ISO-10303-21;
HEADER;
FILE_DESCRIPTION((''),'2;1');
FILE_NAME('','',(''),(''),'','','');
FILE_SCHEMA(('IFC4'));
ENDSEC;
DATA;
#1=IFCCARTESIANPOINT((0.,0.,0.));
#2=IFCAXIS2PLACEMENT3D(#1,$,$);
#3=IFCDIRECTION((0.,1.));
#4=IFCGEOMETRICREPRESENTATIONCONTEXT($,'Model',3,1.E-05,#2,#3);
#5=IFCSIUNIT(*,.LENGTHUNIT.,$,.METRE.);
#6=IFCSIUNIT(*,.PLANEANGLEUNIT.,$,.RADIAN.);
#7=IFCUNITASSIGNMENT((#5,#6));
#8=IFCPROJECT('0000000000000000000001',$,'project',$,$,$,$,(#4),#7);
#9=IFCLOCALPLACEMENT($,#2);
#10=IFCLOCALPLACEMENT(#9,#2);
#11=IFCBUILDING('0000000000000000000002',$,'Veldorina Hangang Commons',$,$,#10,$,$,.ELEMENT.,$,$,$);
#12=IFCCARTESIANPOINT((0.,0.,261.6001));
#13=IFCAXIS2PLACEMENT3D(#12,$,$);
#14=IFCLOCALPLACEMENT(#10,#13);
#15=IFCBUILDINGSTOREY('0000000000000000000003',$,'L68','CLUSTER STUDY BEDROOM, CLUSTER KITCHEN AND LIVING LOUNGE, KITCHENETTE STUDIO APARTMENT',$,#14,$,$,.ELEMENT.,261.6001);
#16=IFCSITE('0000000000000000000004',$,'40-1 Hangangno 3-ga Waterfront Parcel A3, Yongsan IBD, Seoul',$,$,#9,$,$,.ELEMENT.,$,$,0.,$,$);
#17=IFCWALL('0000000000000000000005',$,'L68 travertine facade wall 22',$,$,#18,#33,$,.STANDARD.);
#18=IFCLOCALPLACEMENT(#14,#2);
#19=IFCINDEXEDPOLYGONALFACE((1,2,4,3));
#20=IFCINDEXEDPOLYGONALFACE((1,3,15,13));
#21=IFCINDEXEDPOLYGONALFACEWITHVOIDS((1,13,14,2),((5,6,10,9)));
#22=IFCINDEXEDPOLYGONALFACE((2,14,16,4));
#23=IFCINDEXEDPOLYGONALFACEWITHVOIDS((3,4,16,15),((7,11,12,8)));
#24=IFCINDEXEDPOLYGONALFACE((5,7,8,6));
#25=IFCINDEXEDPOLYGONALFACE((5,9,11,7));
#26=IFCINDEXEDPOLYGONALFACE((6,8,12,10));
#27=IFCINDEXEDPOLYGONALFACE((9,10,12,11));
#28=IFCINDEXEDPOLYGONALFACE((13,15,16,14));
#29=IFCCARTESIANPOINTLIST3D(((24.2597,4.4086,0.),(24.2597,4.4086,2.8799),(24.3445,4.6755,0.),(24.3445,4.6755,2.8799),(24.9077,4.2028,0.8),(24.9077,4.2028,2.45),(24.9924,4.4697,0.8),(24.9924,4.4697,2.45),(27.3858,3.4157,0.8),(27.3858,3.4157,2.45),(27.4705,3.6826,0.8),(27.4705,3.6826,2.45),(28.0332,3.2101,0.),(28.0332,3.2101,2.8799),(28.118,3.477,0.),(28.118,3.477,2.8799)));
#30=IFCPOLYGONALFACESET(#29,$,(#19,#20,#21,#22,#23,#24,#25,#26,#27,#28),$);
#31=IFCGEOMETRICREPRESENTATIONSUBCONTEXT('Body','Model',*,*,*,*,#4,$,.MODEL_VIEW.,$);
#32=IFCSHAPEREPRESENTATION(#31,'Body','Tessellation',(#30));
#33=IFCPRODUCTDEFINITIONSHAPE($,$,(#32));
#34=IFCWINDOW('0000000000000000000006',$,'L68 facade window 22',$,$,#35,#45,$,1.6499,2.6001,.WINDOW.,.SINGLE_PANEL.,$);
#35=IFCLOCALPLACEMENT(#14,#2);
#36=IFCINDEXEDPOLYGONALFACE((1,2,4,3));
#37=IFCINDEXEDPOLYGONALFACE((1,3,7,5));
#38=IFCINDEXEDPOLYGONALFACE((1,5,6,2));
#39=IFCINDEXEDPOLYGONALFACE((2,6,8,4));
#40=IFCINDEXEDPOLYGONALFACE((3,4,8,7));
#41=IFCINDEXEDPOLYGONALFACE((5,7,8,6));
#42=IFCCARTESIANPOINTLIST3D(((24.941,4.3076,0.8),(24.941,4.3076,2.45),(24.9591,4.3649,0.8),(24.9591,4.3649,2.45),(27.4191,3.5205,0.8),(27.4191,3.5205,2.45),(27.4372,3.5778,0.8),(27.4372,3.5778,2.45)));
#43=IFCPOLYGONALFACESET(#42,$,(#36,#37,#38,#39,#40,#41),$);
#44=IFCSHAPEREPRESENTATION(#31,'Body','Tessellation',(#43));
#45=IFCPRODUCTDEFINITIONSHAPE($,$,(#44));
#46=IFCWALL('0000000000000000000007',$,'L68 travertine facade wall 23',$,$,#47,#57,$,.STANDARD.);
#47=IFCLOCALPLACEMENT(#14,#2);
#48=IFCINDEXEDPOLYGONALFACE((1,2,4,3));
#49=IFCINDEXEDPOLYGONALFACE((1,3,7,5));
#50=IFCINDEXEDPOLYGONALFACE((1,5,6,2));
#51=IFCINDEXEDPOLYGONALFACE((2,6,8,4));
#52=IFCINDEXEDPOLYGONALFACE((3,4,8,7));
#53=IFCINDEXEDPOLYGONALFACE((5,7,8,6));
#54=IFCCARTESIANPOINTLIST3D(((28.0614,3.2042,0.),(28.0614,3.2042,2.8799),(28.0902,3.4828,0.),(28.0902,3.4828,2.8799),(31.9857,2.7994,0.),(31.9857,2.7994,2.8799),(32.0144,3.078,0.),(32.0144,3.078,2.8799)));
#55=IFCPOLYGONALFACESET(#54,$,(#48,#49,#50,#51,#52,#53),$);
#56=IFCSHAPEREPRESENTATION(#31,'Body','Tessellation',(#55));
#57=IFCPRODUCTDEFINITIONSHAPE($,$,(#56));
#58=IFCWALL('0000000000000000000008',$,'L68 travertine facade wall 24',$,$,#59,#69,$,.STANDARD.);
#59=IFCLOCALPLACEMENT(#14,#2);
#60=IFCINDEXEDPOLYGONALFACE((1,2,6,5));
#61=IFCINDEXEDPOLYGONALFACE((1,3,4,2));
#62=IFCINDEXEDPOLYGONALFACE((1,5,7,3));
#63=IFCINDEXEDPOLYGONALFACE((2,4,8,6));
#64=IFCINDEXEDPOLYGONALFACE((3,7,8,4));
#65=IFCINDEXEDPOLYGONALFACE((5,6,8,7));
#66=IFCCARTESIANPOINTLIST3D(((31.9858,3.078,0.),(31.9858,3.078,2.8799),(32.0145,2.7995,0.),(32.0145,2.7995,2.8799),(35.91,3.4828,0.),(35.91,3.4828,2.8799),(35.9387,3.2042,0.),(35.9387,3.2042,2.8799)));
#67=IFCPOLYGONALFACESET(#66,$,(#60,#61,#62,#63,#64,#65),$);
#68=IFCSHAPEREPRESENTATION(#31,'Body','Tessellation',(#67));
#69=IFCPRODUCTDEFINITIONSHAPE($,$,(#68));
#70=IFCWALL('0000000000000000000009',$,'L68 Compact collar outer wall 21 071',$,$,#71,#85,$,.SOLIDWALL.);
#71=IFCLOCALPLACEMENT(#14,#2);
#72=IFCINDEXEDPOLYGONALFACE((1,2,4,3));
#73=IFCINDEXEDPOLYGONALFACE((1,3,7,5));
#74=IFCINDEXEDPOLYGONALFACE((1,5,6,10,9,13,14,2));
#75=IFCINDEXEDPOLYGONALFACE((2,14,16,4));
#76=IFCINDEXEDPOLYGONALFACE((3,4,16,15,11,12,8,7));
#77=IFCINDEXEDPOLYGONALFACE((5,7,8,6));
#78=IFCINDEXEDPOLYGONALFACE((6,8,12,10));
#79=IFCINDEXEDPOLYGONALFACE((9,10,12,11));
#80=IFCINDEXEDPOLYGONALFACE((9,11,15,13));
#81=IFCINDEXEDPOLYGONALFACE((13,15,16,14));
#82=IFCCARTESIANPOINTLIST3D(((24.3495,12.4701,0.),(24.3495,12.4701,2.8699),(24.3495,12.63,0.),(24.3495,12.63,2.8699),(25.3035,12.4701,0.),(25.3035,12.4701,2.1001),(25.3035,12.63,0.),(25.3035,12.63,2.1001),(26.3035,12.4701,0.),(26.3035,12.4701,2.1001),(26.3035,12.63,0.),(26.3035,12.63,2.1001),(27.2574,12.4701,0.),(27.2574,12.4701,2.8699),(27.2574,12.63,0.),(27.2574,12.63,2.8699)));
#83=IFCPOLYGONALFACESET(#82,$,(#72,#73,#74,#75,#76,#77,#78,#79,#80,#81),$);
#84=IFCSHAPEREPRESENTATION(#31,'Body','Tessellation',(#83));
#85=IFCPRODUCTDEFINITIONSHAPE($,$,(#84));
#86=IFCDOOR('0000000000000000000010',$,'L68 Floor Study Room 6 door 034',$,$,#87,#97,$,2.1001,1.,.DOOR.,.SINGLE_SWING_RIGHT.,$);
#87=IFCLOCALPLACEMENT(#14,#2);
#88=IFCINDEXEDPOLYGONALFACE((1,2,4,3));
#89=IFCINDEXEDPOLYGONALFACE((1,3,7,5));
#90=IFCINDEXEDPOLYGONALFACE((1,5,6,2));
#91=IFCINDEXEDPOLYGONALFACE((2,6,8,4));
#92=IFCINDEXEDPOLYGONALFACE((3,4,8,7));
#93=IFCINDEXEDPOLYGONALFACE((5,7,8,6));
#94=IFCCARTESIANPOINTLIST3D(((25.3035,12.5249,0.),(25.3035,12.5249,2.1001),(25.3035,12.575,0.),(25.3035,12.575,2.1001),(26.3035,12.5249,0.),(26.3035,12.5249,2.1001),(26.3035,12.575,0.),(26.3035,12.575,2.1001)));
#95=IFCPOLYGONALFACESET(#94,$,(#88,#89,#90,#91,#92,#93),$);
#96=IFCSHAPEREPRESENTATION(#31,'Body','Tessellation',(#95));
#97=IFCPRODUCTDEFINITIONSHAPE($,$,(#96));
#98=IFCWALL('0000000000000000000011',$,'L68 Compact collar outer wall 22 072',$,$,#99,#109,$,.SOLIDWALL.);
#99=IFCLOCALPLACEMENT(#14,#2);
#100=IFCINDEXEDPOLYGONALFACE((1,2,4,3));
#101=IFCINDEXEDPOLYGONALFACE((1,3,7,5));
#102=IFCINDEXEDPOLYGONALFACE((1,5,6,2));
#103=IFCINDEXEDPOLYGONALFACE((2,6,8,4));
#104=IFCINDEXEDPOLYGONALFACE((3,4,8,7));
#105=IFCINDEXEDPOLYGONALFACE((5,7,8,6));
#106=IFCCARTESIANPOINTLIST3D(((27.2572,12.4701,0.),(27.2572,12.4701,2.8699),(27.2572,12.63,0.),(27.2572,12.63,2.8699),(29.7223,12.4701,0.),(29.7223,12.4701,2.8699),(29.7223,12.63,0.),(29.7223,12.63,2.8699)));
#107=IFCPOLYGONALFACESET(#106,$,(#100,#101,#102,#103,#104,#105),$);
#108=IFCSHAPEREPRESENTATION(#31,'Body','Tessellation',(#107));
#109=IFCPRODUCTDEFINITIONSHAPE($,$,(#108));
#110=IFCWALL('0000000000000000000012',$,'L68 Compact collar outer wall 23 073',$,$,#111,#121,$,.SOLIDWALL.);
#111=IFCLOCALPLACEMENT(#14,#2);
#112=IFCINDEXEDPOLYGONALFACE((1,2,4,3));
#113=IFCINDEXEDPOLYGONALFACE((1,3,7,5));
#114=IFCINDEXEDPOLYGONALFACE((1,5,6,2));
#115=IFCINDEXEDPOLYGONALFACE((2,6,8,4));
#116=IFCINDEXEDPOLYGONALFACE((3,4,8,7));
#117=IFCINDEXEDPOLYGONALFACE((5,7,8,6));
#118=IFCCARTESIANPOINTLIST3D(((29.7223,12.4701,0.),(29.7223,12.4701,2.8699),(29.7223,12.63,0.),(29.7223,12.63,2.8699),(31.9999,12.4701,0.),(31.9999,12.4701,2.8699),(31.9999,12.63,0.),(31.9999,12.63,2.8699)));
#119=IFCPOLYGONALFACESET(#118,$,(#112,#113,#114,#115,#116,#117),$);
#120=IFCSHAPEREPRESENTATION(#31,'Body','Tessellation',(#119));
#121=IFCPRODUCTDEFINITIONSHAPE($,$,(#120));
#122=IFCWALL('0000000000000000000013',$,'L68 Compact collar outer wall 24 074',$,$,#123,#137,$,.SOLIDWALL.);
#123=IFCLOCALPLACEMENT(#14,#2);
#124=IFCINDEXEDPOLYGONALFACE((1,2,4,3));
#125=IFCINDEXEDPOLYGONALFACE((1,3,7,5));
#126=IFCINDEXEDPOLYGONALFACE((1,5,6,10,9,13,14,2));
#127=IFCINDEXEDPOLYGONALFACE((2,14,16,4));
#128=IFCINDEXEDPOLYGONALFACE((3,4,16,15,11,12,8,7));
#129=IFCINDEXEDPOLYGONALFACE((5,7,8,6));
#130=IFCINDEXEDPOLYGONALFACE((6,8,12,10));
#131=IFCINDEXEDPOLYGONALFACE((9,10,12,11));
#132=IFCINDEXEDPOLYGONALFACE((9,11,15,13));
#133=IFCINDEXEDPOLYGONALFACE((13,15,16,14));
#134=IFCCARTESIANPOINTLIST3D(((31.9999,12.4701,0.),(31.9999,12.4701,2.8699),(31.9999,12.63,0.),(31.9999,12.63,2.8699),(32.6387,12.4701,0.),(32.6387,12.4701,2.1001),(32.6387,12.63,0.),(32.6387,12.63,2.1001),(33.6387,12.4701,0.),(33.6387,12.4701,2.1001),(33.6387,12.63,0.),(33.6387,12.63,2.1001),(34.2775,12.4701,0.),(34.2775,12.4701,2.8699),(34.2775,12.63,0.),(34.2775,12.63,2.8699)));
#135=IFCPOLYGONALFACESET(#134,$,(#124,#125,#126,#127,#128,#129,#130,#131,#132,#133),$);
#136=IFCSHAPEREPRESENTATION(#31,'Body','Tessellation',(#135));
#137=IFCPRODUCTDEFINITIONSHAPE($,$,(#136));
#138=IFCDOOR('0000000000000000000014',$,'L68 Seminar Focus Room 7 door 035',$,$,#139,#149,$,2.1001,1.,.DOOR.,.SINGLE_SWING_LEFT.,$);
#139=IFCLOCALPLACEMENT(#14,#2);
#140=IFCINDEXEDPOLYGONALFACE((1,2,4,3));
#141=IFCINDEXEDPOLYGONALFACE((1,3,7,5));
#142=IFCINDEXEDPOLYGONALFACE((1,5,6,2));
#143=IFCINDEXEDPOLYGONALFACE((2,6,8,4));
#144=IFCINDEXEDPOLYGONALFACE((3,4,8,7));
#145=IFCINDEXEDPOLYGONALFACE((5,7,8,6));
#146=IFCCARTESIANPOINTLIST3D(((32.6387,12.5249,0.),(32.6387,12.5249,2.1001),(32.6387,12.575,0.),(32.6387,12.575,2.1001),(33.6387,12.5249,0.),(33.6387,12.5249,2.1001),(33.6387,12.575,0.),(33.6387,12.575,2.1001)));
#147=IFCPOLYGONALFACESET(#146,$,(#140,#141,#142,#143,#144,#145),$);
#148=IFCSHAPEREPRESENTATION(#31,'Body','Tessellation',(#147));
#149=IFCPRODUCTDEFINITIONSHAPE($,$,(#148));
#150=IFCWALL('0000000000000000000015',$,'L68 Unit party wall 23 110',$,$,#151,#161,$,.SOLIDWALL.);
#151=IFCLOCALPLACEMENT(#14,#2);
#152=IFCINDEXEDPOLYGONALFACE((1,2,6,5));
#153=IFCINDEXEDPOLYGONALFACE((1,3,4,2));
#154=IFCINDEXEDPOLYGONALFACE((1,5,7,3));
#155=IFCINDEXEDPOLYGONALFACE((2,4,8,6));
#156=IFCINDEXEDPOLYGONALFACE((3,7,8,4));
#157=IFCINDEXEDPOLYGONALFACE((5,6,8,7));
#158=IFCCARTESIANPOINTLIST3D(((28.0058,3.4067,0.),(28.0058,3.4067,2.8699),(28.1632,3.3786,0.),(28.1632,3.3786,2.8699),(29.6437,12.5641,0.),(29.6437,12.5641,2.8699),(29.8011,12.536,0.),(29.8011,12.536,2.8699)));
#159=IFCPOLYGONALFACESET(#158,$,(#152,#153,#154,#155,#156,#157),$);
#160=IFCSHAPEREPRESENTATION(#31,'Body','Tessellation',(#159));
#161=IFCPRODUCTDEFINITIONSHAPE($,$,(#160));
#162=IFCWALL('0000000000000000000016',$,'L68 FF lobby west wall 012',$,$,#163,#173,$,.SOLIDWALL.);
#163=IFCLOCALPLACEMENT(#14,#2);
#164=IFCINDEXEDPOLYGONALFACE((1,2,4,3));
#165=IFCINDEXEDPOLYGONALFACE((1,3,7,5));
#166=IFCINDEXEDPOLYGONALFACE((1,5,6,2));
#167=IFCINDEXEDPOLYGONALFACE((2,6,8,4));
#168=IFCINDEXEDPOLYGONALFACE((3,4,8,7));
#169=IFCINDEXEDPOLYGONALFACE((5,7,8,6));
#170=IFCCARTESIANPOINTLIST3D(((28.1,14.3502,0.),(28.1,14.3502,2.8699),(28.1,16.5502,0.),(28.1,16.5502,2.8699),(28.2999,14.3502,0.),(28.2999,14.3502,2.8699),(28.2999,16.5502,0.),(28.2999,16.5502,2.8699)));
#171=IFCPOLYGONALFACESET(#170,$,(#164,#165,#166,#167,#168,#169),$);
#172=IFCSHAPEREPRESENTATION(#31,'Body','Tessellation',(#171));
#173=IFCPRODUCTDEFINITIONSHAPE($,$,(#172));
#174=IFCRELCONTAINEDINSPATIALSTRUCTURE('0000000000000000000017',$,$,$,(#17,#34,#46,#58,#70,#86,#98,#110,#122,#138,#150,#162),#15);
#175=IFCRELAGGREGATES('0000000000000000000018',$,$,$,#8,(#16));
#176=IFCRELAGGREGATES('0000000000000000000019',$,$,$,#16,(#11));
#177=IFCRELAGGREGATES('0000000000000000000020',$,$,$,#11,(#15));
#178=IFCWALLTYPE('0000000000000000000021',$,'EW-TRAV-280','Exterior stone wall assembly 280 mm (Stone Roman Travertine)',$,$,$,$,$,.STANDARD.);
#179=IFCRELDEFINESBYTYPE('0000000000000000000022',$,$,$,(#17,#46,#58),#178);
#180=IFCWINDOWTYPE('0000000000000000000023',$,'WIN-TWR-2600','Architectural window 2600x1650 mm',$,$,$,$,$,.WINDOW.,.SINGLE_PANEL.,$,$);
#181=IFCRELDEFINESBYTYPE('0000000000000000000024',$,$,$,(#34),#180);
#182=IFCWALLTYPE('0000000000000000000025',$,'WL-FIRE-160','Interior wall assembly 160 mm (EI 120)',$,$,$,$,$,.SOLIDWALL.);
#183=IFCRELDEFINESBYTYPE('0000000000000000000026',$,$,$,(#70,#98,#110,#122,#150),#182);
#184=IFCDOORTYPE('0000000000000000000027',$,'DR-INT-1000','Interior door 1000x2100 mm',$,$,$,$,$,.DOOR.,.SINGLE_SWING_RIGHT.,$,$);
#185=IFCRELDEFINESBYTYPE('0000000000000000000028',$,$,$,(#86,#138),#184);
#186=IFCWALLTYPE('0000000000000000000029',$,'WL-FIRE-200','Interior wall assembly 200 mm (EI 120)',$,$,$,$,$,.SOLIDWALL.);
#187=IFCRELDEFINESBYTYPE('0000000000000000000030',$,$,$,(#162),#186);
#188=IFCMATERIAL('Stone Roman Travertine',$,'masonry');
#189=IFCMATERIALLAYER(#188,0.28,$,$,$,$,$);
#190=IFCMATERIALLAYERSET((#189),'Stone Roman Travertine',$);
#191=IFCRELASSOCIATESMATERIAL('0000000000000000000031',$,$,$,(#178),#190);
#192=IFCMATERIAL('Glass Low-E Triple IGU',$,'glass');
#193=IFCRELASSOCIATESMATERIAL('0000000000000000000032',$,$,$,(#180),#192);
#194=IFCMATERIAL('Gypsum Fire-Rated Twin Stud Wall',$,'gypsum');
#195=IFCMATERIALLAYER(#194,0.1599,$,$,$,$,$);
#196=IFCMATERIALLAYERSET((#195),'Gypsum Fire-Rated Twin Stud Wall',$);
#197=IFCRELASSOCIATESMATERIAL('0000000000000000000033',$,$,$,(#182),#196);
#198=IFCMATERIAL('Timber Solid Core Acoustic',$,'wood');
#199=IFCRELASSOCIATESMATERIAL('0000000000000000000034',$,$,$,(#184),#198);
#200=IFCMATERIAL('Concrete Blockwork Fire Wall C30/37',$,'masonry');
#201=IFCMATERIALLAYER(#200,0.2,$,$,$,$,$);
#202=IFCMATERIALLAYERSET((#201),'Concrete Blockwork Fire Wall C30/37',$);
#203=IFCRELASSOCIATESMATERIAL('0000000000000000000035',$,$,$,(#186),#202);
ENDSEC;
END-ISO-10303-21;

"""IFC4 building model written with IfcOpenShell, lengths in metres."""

from ifc_helpers import new_model, si_unit, direction, frame, frame_2d, origin, place, context, subcontext, project, spatial, rectangle, extrude, material, layer, layer_set, type_object, element, fill, save


model = new_model("IFC4")

# Units and contexts
model_context = context("Model", 3, precision=1e-05, world=origin(), true_north=direction((0.0, 1.0)))
body_context = subcontext(model_context, "Body", "Model", "MODEL_VIEW")
ifc_project = project(units=[si_unit("LENGTHUNIT", "METRE"), si_unit("PLANEANGLEUNIT", "RADIAN")], contexts=[model_context])

# Site, building, storey
site_placement = place(None, origin())
site = spatial("IfcSite", under=ifc_project, at=site_placement, Name="40-1 Hangangno 3-ga Waterfront Parcel A3, Yongsan IBD, Seoul", CompositionType="ELEMENT", RefElevation=0.0)
building_placement = place(site_placement, origin())
building = spatial("IfcBuilding", under=site, at=building_placement, Name="Veldorina Hangang Commons", CompositionType="ELEMENT")
storey_placement = place(building_placement, frame((0.0, 0.0, 261.6001)))
storey = spatial("IfcBuildingStorey", under=building, at=storey_placement, Name="L68", Description="CLUSTER STUDY BEDROOM, CLUSTER KITCHEN AND LIVING LOUNGE, KITCHENETTE STUDIO APARTMENT", CompositionType="ELEMENT", Elevation=261.6001)

# Wall, opening, window
ifc_material_1 = material(Name="Stone Roman Travertine", Category="masonry")
ifc_layer_1 = layer(ifc_material_1, 0.28)
ifc_layer_set_1 = layer_set([ifc_layer_1], Name="Stone Roman Travertine")
wall_type_1 = type_object("IfcWallType", Name="EW-TRAV-280", Description="Exterior stone wall assembly 280 mm (Stone Roman Travertine)", PredefinedType="STANDARD", material=ifc_layer_set_1)
wall_1_placement = place(storey_placement, frame((24.3022, 4.542, 0.0), z_axis=(0.0, 0.0, 1.0), x_axis=(0.953083, -0.30271, 0.0)))
wall_1 = element("IfcWall", 1, at=wall_1_placement, inside=storey, type_object=wall_type_1, Name="L68 travertine facade wall 22", PredefinedType="STANDARD", context=body_context, shape_type="SweptSolid", body=[
    extrude(rectangle(XDim=3.9592, YDim=0.28, at=frame_2d((1.9795, 0.0))), origin(), (0.0, 0.0, 1.0), 2.8799),
])
opening_1_placement = place(wall_1_placement, frame((0.6797, 0.0, 0.8)))
opening_1 = element("IfcOpeningElement", 2, at=opening_1_placement, cuts=wall_1, PredefinedType="OPENING", context=body_context, shape_type="SweptSolid", body=[
    extrude(rectangle(XDim=2.6001, YDim=1.6499, at=frame_2d((1.3, 0.825))), frame((0.0, 0.1499, 0.0), z_axis=(0.0, -1.0, 0.0), x_axis=(1.0, 0.0, 0.0)), (0.0, 0.0, 1.0), 0.3),
])
ifc_material_2 = material(Name="Glass Low-E Triple IGU", Category="glass")
window_type = type_object("IfcWindowType", Name="WIN-TWR-2600", Description="Architectural window 2600x1650 mm", PartitioningType="SINGLE_PANEL", PredefinedType="WINDOW", material=ifc_material_2)
window_placement = place(opening_1_placement, origin())
window = element("IfcWindow", 3, at=window_placement, inside=storey, type_object=window_type, Name="L68 facade window 22", OverallHeight=1.6499, OverallWidth=2.6001, PartitioningType="SINGLE_PANEL", PredefinedType="WINDOW", context=body_context, shape_type="SweptSolid", body=[
    extrude(rectangle(XDim=2.6001, YDim=1.6499, at=frame_2d((1.3, 0.825))), frame((0.0, 0.03, 0.0), z_axis=(0.0, -1.0, 0.0), x_axis=(1.0, 0.0, 0.0)), (0.0, 0.0, 1.0), 0.0601),
])
fill(opening_1, window)

# Walls
for number, where, z_axis, x_axis, name in (
    (4, (28.0757, 3.3435, 0.0), (0.0, 0.0, 1.0), (0.994722, -0.102604, 0.0), "L68 travertine facade wall 23"),
    (5, (32.0, 2.9387, 0.0), (0.0, 0.0, 1.0), (0.994722, 0.102604, 0.0), "L68 travertine facade wall 24"),
):
    element("IfcWall", number, at=place(storey_placement, frame(where, z_axis=z_axis, x_axis=x_axis)), inside=storey, type_object=wall_type_1, Name=name, PredefinedType="STANDARD", context=body_context, shape_type="SweptSolid", body=[
        extrude(rectangle(XDim=3.9451, YDim=0.28, at=frame_2d((1.9727, 0.0))), origin(), (0.0, 0.0, 1.0), 2.8799),
    ])

# Wall, opening, door
ifc_material_3 = material(Name="Gypsum Fire-Rated Twin Stud Wall", Category="gypsum")
ifc_layer_2 = layer(ifc_material_3, 0.1599)
ifc_layer_set_2 = layer_set([ifc_layer_2], Name="Gypsum Fire-Rated Twin Stud Wall")
wall_type_2 = type_object("IfcWallType", Name="WL-FIRE-160", Description="Interior wall assembly 160 mm (EI 120)", PredefinedType="SOLIDWALL", material=ifc_layer_set_2)
wall_2_placement = place(storey_placement, frame((24.3494, 12.55, 0.0), z_axis=(0.0, 0.0, 1.0), x_axis=(1.0, 0.0, 0.0)))
wall_2 = element("IfcWall", 6, at=wall_2_placement, inside=storey, type_object=wall_type_2, Name="L68 Compact collar outer wall 21 071", PredefinedType="SOLIDWALL", context=body_context, shape_type="SweptSolid", body=[
    extrude(rectangle(XDim=2.908, YDim=0.1599, at=frame_2d((1.4541, 0.0))), origin(), (0.0, 0.0, 1.0), 2.8699),
])
opening_2_placement = place(wall_2_placement, frame((0.9541, 0.0, 0.0)))
opening_2 = element("IfcOpeningElement", 7, at=opening_2_placement, cuts=wall_2, PredefinedType="OPENING", context=body_context, shape_type="SweptSolid", body=[
    extrude(rectangle(XDim=1.0, YDim=2.1001, at=frame_2d((0.5, 1.05))), frame((0.0, 0.0898, 0.0), z_axis=(0.0, -1.0, 0.0), x_axis=(1.0, 0.0, 0.0)), (0.0, 0.0, 1.0), 0.1799),
])
ifc_material_4 = material(Name="Timber Solid Core Acoustic", Category="wood")
door_type = type_object("IfcDoorType", Name="DR-INT-1000", Description="Interior door 1000x2100 mm", OperationType="SINGLE_SWING_RIGHT", PredefinedType="DOOR", material=ifc_material_4)
door_1_placement = place(opening_2_placement, origin())
door_1 = element("IfcDoor", 8, at=door_1_placement, inside=storey, type_object=door_type, Name="L68 Floor Study Room 6 door 034", OperationType="SINGLE_SWING_RIGHT", OverallHeight=2.1001, OverallWidth=1.0, PredefinedType="DOOR", context=body_context, shape_type="SweptSolid", body=[
    extrude(rectangle(XDim=1.0, YDim=2.1001, at=frame_2d((0.5, 1.05))), frame((0.0, 0.0249, 0.0), z_axis=(0.0, -1.0, 0.0), x_axis=(1.0, 0.0, 0.0)), (0.0, 0.0, 1.0), 0.05),
])
fill(opening_2, door_1)

# Walls
wall_3_placement = place(storey_placement, frame((27.2573, 12.55, 0.0), z_axis=(0.0, 0.0, 1.0), x_axis=(1.0, 0.0, 0.0)))
element("IfcWall", 9, at=wall_3_placement, inside=storey, type_object=wall_type_2, Name="L68 Compact collar outer wall 22 072", PredefinedType="SOLIDWALL", context=body_context, shape_type="SweptSolid", body=[
    extrude(rectangle(XDim=2.4651, YDim=0.1599, at=frame_2d((1.2324, 0.0))), origin(), (0.0, 0.0, 1.0), 2.8699),
])
wall_4_placement = place(storey_placement, frame((29.7224, 12.55, 0.0), z_axis=(0.0, 0.0, 1.0), x_axis=(1.0, 0.0, 0.0)))
element("IfcWall", 10, at=wall_4_placement, inside=storey, type_object=wall_type_2, Name="L68 Compact collar outer wall 23 073", PredefinedType="SOLIDWALL", context=body_context, shape_type="SweptSolid", body=[
    extrude(rectangle(XDim=2.2776, YDim=0.1599, at=frame_2d((1.1387, 0.0))), origin(), (0.0, 0.0, 1.0), 2.8699),
])

# Wall, opening, door
wall_5_placement = place(storey_placement, frame((32.0, 12.55, 0.0), z_axis=(0.0, 0.0, 1.0), x_axis=(1.0, 0.0, 0.0)))
wall_5 = element("IfcWall", 11, at=wall_5_placement, inside=storey, type_object=wall_type_2, Name="L68 Compact collar outer wall 24 074", PredefinedType="SOLIDWALL", context=body_context, shape_type="SweptSolid", body=[
    extrude(rectangle(XDim=2.2776, YDim=0.1599, at=frame_2d((1.1387, 0.0))), origin(), (0.0, 0.0, 1.0), 2.8699),
])
opening_3_placement = place(wall_5_placement, frame((0.6387, 0.0, 0.0)))
opening_3 = element("IfcOpeningElement", 12, at=opening_3_placement, cuts=wall_5, PredefinedType="OPENING", context=body_context, shape_type="SweptSolid", body=[
    extrude(rectangle(XDim=1.0, YDim=2.1001, at=frame_2d((0.5, 1.05))), frame((0.0, 0.0898, 0.0), z_axis=(0.0, -1.0, 0.0), x_axis=(1.0, 0.0, 0.0)), (0.0, 0.0, 1.0), 0.1799),
])
door_2_placement = place(opening_3_placement, origin())
door_2 = element("IfcDoor", 13, at=door_2_placement, inside=storey, type_object=door_type, Name="L68 Seminar Focus Room 7 door 035", OperationType="SINGLE_SWING_LEFT", OverallHeight=2.1001, OverallWidth=1.0, PredefinedType="DOOR", context=body_context, shape_type="SweptSolid", body=[
    extrude(rectangle(XDim=1.0, YDim=2.1001, at=frame_2d((0.5, 1.05))), frame((0.0, 0.0249, 0.0), z_axis=(0.0, -1.0, 0.0), x_axis=(1.0, 0.0, 0.0)), (0.0, 0.0, 1.0), 0.05),
])
fill(opening_3, door_2)

# Walls
wall_6_placement = place(storey_placement, frame((29.7224, 12.55, 0.0), z_axis=(0.0, 0.0, 1.0), x_axis=(-0.176069, -0.984378, 0.0)))
element("IfcWall", 14, at=wall_6_placement, inside=storey, type_object=wall_type_2, Name="L68 Unit party wall 23 110", PredefinedType="SOLIDWALL", context=body_context, shape_type="SweptSolid", body=[
    extrude(rectangle(XDim=9.3027, YDim=0.1599, at=frame_2d((4.6514, 0.0))), origin(), (0.0, 0.0, 1.0), 2.8699),
])
ifc_material_5 = material(Name="Concrete Blockwork Fire Wall C30/37", Category="masonry")
ifc_layer_3 = layer(ifc_material_5, 0.2)
ifc_layer_set_3 = layer_set([ifc_layer_3], Name="Concrete Blockwork Fire Wall C30/37")
wall_type_3 = type_object("IfcWallType", Name="WL-FIRE-200", Description="Interior wall assembly 200 mm (EI 120)", PredefinedType="SOLIDWALL", material=ifc_layer_set_3)
wall_7_placement = place(storey_placement, frame((28.2, 14.3501, 0.0), z_axis=(0.0, 0.0, 1.0), x_axis=(0.0, 1.0, 0.0)))
element("IfcWall", 15, at=wall_7_placement, inside=storey, type_object=wall_type_3, Name="L68 FF lobby west wall 012", PredefinedType="SOLIDWALL", context=body_context, shape_type="SweptSolid", body=[
    extrude(rectangle(XDim=2.2, YDim=0.2, at=frame_2d((1.1001, 0.0))), origin(), (0.0, 0.0, 1.0), 2.8699),
])

save(model, "model.ifc")
